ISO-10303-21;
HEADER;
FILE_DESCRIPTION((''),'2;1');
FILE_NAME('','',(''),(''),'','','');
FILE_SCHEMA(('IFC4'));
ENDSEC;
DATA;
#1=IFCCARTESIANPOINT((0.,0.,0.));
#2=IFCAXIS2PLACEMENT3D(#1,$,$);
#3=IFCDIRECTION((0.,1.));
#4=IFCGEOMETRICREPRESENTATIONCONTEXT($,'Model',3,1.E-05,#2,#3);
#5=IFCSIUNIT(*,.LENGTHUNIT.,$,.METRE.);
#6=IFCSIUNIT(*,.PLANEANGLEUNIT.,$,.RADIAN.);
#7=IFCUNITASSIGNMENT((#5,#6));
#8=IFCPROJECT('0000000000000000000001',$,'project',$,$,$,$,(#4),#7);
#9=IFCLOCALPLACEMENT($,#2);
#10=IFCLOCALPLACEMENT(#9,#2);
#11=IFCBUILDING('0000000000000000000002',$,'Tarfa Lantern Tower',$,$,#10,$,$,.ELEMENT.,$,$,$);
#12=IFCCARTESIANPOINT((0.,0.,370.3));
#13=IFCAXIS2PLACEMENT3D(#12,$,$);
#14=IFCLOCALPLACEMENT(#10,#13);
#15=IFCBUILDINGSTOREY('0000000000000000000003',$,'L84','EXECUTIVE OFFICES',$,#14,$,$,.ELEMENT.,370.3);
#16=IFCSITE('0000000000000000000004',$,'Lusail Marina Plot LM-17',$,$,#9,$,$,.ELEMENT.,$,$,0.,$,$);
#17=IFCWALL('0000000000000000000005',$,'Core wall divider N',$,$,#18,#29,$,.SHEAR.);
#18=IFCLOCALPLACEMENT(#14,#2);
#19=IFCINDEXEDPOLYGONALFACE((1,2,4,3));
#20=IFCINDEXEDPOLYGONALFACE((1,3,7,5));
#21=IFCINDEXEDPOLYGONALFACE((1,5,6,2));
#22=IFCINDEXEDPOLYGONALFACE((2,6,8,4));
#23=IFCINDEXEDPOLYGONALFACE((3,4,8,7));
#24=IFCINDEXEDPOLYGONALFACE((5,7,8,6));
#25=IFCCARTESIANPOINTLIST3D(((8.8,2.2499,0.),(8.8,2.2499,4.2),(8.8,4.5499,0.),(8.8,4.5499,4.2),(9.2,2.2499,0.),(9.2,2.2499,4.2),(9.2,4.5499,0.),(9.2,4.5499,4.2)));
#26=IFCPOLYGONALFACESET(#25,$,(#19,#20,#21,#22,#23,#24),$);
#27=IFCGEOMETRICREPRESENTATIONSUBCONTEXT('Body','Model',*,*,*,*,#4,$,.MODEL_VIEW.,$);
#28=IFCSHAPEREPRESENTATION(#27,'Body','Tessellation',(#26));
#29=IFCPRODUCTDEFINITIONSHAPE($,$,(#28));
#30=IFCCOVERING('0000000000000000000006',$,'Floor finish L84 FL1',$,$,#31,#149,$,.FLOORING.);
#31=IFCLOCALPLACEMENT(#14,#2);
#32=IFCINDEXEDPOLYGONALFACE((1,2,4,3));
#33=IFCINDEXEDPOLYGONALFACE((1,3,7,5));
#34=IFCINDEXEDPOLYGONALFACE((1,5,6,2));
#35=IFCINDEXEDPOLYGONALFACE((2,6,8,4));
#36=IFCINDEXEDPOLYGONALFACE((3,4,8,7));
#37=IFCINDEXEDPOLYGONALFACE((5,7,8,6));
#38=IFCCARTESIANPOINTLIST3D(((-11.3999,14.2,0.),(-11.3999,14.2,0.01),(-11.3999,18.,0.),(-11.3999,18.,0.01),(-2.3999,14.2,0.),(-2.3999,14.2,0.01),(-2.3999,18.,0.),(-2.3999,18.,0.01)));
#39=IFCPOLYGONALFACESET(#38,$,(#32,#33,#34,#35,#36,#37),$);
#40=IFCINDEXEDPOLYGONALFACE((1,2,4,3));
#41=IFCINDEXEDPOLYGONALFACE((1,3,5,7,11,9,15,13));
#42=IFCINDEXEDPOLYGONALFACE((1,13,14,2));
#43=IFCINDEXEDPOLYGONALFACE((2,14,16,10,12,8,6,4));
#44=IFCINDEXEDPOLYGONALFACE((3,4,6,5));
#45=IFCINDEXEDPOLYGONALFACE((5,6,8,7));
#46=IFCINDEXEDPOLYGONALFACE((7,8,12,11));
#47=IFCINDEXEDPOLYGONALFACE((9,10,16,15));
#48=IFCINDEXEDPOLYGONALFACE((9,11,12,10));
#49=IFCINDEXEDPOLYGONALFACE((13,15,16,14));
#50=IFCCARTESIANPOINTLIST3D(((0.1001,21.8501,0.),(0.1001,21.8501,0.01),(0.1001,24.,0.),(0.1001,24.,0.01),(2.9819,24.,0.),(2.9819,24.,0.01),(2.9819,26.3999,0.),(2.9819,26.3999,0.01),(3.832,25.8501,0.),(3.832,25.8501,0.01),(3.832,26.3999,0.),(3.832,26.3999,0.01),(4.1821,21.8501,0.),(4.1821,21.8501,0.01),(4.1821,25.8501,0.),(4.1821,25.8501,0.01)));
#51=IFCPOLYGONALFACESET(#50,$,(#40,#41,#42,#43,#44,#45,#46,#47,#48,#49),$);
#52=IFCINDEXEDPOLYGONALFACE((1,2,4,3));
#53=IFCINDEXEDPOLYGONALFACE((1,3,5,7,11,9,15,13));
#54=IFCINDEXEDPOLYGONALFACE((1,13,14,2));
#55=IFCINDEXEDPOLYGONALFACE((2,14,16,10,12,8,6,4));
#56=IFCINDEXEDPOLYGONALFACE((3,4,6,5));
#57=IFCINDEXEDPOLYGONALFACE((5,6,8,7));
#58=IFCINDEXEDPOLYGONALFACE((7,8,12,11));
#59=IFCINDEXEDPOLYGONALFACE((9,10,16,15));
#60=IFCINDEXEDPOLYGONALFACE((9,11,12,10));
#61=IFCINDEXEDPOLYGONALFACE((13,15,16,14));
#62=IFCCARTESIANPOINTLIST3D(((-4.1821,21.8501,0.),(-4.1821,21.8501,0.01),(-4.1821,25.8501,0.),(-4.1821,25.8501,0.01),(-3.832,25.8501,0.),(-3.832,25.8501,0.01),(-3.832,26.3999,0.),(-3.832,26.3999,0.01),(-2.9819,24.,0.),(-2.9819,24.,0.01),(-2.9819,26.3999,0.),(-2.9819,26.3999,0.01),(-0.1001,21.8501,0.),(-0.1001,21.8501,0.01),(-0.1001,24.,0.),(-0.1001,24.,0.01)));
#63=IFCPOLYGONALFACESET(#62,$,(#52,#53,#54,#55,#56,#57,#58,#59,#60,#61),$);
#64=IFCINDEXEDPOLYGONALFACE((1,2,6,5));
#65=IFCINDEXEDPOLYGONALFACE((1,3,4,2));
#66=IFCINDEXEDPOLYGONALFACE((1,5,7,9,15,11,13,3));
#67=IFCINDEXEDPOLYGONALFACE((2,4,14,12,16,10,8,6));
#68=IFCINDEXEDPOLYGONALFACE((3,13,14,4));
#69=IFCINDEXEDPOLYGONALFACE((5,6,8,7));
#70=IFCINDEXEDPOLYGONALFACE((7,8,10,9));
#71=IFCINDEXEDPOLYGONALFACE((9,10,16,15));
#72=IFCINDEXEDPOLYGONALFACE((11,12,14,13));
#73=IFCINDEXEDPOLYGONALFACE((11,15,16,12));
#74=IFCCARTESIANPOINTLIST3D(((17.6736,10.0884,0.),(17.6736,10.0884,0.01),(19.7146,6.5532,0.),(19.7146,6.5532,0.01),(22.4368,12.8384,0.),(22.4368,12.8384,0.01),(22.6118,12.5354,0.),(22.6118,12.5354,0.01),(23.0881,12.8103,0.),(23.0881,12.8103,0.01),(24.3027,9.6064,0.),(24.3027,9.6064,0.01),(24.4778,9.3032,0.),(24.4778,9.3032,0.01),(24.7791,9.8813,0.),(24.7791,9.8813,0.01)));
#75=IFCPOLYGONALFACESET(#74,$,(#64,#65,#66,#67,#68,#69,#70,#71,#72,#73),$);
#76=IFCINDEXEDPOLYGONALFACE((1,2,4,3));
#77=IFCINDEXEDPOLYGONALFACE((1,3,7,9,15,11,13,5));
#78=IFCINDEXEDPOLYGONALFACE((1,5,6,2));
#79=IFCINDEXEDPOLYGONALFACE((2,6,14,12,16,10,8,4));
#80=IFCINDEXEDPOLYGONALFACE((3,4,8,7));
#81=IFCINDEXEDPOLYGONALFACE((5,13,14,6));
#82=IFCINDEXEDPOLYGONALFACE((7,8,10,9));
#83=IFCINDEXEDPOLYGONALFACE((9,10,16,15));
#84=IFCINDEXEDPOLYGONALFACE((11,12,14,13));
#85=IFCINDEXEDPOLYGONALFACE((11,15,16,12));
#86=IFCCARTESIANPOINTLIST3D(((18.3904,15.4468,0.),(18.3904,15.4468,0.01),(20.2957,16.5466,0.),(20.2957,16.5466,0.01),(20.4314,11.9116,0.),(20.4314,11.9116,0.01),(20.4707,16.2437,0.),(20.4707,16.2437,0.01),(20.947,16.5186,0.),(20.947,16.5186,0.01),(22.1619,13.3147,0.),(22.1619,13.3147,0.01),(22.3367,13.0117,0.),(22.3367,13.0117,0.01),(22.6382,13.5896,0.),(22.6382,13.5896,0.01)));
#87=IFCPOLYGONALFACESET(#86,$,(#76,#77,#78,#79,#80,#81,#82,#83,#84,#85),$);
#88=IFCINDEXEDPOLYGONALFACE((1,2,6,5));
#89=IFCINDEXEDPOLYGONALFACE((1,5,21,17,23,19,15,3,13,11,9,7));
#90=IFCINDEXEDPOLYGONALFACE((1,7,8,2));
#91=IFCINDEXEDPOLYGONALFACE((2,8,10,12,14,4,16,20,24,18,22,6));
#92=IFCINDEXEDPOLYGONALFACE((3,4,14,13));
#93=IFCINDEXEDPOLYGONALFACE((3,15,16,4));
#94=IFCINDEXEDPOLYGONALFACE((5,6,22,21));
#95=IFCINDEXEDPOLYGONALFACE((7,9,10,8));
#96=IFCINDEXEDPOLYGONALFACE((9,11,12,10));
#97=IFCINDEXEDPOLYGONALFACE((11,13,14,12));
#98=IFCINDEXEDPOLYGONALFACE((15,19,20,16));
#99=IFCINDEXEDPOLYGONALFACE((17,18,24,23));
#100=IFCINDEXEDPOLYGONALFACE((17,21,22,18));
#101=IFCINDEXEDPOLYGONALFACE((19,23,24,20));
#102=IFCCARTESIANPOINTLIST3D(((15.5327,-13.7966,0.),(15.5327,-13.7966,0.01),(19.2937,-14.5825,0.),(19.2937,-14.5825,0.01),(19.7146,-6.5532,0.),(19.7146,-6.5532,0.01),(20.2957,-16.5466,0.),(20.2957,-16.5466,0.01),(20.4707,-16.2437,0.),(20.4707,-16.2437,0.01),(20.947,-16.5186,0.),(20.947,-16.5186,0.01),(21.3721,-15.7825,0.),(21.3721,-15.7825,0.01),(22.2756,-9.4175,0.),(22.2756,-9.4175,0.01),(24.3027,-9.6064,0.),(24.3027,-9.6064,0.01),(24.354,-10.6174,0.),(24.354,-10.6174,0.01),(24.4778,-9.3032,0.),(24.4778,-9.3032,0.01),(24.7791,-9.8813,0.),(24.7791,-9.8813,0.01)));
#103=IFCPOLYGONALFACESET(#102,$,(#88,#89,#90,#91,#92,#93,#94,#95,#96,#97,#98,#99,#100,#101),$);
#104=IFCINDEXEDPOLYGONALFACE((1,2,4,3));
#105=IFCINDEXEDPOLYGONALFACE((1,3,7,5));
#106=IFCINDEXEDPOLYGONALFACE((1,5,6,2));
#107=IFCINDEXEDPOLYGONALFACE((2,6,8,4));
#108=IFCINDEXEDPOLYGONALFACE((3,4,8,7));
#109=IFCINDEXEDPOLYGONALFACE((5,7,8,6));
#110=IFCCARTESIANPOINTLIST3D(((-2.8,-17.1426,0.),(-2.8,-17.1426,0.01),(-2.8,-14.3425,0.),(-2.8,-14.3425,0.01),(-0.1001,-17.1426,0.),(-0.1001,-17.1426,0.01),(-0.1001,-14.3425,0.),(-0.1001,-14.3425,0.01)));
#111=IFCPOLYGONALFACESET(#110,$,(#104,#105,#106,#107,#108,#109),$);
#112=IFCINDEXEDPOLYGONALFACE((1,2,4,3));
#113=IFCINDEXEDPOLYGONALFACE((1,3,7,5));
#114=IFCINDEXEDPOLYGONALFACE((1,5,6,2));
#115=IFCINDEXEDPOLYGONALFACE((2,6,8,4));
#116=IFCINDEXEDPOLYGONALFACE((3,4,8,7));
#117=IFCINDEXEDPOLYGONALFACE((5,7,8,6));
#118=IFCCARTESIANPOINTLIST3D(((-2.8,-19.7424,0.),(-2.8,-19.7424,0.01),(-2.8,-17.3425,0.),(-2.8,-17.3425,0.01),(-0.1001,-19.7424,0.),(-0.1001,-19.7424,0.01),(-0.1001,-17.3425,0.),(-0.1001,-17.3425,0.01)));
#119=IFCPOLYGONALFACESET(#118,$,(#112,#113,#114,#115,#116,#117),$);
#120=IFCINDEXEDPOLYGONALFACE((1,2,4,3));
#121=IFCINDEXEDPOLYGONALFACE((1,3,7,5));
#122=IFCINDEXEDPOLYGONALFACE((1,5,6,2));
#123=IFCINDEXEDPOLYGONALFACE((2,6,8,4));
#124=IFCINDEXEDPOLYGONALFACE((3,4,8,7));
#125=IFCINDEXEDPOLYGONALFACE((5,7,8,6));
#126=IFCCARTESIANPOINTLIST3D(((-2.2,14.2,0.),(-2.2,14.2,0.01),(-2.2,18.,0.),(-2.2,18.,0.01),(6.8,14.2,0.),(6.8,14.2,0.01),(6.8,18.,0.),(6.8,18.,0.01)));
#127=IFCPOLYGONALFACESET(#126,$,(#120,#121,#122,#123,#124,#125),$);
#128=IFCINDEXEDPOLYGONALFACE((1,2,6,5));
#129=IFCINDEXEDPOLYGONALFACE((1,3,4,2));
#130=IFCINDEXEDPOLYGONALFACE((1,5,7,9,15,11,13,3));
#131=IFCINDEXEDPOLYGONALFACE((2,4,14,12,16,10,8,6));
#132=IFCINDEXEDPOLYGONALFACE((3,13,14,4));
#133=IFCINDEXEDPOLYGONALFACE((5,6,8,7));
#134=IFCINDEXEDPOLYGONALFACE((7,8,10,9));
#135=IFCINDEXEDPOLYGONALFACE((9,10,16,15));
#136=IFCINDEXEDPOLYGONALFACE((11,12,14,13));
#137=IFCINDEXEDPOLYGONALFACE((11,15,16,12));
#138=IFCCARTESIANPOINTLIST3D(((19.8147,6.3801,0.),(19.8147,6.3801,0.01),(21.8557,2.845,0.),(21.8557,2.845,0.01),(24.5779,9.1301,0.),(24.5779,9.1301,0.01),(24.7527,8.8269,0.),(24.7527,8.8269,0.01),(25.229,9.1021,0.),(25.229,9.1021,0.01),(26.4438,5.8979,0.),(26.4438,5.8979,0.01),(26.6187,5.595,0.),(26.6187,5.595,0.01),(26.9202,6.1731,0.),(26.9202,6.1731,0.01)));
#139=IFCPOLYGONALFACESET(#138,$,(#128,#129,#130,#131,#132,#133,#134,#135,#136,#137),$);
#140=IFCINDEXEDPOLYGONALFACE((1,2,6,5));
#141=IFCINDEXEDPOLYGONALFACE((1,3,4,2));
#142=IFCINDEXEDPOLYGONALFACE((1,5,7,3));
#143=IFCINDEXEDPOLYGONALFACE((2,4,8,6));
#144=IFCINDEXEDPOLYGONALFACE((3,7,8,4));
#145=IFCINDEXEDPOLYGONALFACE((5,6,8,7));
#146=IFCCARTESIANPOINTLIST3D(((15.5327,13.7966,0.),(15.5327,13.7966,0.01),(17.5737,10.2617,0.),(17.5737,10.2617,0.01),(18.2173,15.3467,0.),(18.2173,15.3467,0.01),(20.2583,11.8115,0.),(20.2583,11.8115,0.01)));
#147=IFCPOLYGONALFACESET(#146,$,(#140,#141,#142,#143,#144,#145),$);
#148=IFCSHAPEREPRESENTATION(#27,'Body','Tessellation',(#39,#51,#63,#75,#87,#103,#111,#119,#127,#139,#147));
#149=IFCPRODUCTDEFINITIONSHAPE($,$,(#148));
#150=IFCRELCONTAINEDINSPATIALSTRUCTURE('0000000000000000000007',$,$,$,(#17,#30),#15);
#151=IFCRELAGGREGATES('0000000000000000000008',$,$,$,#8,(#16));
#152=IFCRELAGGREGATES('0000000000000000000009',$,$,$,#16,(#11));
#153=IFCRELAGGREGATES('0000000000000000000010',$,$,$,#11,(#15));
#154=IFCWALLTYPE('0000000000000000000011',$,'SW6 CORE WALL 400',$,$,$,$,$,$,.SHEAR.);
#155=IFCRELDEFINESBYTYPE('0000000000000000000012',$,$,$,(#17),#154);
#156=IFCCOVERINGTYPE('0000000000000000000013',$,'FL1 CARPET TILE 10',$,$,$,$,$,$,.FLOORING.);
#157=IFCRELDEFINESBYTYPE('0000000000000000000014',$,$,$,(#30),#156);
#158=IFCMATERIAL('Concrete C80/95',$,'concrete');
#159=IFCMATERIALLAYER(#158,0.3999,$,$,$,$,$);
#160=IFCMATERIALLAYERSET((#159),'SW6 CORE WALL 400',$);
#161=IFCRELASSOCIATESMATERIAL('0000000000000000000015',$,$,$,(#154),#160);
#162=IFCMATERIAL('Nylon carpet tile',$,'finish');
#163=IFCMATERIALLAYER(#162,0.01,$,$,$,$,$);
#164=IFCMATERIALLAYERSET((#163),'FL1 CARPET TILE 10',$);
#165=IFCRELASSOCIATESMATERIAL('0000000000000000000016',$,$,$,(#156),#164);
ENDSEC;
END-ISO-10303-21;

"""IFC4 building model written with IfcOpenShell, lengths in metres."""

from ifc_helpers import new_model, si_unit, direction, frame, frame_2d, origin, place, context, subcontext, project, spatial, polyline, rectangle, outline, extrude, material, layer, layer_set, type_object, element, save


model = new_model("IFC4")

# Units and contexts
model_context = context("Model", 3, precision=1e-05, world=origin(), true_north=direction((0.0, 1.0)))
body_context = subcontext(model_context, "Body", "Model", "MODEL_VIEW")
ifc_project = project(units=[si_unit("LENGTHUNIT", "METRE"), si_unit("PLANEANGLEUNIT", "RADIAN")], contexts=[model_context])

# Site, building, storey
site_placement = place(None, origin())
site = spatial("IfcSite", under=ifc_project, at=site_placement, Name="Lusail Marina Plot LM-17", CompositionType="ELEMENT", RefElevation=0.0)
building_placement = place(site_placement, origin())
building = spatial("IfcBuilding", under=site, at=building_placement, Name="Tarfa Lantern Tower", CompositionType="ELEMENT")
storey_placement = place(building_placement, frame((0.0, 0.0, 370.3)))
storey = spatial("IfcBuildingStorey", under=building, at=storey_placement, Name="L84", Description="EXECUTIVE OFFICES", CompositionType="ELEMENT", Elevation=370.3)

# Shared definitions
ifc_material_1 = material(Name="Concrete C80/95", Category="concrete")

# Wall
ifc_layer_1 = layer(ifc_material_1, 0.3999)
ifc_layer_set_1 = layer_set([ifc_layer_1], Name="SW6 CORE WALL 400")
wall_type_1 = type_object("IfcWallType", Name="SW6 CORE WALL 400", PredefinedType="SHEAR", material=ifc_layer_set_1)
wall_1_placement = place(storey_placement, frame((9.0, 2.25, 0.0), z_axis=(0.0, 0.0, 1.0), x_axis=(0.0, 1.0, 0.0)))
element("IfcWall", 1, at=wall_1_placement, inside=storey, type_object=wall_type_1, Name="Core wall divider N", PredefinedType="SHEAR", context=body_context, shape_type="SweptSolid", body=[
    extrude(rectangle(XDim=2.3, YDim=0.3999, at=frame_2d((1.1499, 0.0))), origin(), (0.0, 0.0, 1.0), 4.2),
])

# Covering
ifc_material_2 = material(Name="Nylon carpet tile", Category="finish")
ifc_layer_2 = layer(ifc_material_2, 0.01)
ifc_layer_set_2 = layer_set([ifc_layer_2], Name="FL1 CARPET TILE 10")
covering_type_1 = type_object("IfcCoveringType", Name="FL1 CARPET TILE 10", PredefinedType="FLOORING", material=ifc_layer_set_2)
covering_1_placement = place(storey_placement, origin())
element("IfcCovering", 2, at=covering_1_placement, inside=storey, type_object=covering_type_1, Name="Floor finish L84 FL1", PredefinedType="FLOORING", context=body_context, shape_type="SweptSolid", body=[
    extrude(outline(polyline([(-11.3999, 18.0), (-2.3999, 18.0), (-2.3999, 14.2), (-11.3999, 14.2), (-11.3999, 18.0)])), origin(), (0.0, 0.0, 1.0), 0.01),
    extrude(outline(polyline([(4.1821, 21.8501), (0.1001, 21.8501), (0.1001, 24.0), (2.9819, 24.0), (2.9819, 26.3999), (3.832, 26.3999), (3.832, 25.8501), (4.1821, 25.8501), (4.1821, 21.8501)])), origin(), (0.0, 0.0, 1.0), 0.01),
    extrude(outline(polyline([(-2.9819, 24.0), (-0.1001, 24.0), (-0.1001, 21.8501), (-4.1821, 21.8501), (-4.1821, 25.8501), (-3.832, 25.8501), (-3.832, 26.3999), (-2.9819, 26.3999), (-2.9819, 24.0)])), origin(), (0.0, 0.0, 1.0), 0.01),
    extrude(outline(polyline([(17.6736, 10.0884), (22.4368, 12.8384), (22.6118, 12.5354), (23.0881, 12.8103), (24.7791, 9.8813), (24.3027, 9.6064), (24.4778, 9.3032), (19.7146, 6.5532), (17.6736, 10.0884)])), origin(), (0.0, 0.0, 1.0), 0.01),
    extrude(outline(polyline([(18.3904, 15.4468), (20.2957, 16.5466), (20.4707, 16.2437), (20.947, 16.5186), (22.6382, 13.5896), (22.1619, 13.3147), (22.3367, 13.0117), (20.4314, 11.9116), (18.3904, 15.4468)])), origin(), (0.0, 0.0, 1.0), 0.01),
    extrude(outline(polyline([(19.7146, -6.5532), (24.4778, -9.3032), (24.3027, -9.6064), (24.7791, -9.8813), (24.354, -10.6174), (22.2756, -9.4175), (19.2937, -14.5825), (21.3721, -15.7825), (20.947, -16.5186), (20.4707, -16.2437), (20.2957, -16.5466), (15.5327, -13.7966), (19.7146, -6.5532)])), origin(), (0.0, 0.0, 1.0), 0.01),
    extrude(outline(polyline([(-2.8, -17.1426), (-2.8, -14.3425), (-0.1001, -14.3425), (-0.1001, -17.1426), (-2.8, -17.1426)])), origin(), (0.0, 0.0, 1.0), 0.01),
    extrude(outline(polyline([(-2.8, -19.7424), (-2.8, -17.3425), (-0.1001, -17.3425), (-0.1001, -19.7424), (-2.8, -19.7424)])), origin(), (0.0, 0.0, 1.0), 0.01),
    extrude(outline(polyline([(-2.2, 18.0), (6.8, 18.0), (6.8, 14.2), (-2.2, 14.2), (-2.2, 18.0)])), origin(), (0.0, 0.0, 1.0), 0.01),
    extrude(outline(polyline([(19.8147, 6.3801), (24.5779, 9.1301), (24.7527, 8.8269), (25.229, 9.1021), (26.9202, 6.1731), (26.4438, 5.8979), (26.6187, 5.595), (21.8557, 2.845), (19.8147, 6.3801)])), origin(), (0.0, 0.0, 1.0), 0.01),
    extrude(outline(polyline([(15.5327, 13.7966), (18.2173, 15.3467), (20.2583, 11.8115), (17.5737, 10.2617), (15.5327, 13.7966)])), origin(), (0.0, 0.0, 1.0), 0.01),
])

save(model, "model.ifc")
